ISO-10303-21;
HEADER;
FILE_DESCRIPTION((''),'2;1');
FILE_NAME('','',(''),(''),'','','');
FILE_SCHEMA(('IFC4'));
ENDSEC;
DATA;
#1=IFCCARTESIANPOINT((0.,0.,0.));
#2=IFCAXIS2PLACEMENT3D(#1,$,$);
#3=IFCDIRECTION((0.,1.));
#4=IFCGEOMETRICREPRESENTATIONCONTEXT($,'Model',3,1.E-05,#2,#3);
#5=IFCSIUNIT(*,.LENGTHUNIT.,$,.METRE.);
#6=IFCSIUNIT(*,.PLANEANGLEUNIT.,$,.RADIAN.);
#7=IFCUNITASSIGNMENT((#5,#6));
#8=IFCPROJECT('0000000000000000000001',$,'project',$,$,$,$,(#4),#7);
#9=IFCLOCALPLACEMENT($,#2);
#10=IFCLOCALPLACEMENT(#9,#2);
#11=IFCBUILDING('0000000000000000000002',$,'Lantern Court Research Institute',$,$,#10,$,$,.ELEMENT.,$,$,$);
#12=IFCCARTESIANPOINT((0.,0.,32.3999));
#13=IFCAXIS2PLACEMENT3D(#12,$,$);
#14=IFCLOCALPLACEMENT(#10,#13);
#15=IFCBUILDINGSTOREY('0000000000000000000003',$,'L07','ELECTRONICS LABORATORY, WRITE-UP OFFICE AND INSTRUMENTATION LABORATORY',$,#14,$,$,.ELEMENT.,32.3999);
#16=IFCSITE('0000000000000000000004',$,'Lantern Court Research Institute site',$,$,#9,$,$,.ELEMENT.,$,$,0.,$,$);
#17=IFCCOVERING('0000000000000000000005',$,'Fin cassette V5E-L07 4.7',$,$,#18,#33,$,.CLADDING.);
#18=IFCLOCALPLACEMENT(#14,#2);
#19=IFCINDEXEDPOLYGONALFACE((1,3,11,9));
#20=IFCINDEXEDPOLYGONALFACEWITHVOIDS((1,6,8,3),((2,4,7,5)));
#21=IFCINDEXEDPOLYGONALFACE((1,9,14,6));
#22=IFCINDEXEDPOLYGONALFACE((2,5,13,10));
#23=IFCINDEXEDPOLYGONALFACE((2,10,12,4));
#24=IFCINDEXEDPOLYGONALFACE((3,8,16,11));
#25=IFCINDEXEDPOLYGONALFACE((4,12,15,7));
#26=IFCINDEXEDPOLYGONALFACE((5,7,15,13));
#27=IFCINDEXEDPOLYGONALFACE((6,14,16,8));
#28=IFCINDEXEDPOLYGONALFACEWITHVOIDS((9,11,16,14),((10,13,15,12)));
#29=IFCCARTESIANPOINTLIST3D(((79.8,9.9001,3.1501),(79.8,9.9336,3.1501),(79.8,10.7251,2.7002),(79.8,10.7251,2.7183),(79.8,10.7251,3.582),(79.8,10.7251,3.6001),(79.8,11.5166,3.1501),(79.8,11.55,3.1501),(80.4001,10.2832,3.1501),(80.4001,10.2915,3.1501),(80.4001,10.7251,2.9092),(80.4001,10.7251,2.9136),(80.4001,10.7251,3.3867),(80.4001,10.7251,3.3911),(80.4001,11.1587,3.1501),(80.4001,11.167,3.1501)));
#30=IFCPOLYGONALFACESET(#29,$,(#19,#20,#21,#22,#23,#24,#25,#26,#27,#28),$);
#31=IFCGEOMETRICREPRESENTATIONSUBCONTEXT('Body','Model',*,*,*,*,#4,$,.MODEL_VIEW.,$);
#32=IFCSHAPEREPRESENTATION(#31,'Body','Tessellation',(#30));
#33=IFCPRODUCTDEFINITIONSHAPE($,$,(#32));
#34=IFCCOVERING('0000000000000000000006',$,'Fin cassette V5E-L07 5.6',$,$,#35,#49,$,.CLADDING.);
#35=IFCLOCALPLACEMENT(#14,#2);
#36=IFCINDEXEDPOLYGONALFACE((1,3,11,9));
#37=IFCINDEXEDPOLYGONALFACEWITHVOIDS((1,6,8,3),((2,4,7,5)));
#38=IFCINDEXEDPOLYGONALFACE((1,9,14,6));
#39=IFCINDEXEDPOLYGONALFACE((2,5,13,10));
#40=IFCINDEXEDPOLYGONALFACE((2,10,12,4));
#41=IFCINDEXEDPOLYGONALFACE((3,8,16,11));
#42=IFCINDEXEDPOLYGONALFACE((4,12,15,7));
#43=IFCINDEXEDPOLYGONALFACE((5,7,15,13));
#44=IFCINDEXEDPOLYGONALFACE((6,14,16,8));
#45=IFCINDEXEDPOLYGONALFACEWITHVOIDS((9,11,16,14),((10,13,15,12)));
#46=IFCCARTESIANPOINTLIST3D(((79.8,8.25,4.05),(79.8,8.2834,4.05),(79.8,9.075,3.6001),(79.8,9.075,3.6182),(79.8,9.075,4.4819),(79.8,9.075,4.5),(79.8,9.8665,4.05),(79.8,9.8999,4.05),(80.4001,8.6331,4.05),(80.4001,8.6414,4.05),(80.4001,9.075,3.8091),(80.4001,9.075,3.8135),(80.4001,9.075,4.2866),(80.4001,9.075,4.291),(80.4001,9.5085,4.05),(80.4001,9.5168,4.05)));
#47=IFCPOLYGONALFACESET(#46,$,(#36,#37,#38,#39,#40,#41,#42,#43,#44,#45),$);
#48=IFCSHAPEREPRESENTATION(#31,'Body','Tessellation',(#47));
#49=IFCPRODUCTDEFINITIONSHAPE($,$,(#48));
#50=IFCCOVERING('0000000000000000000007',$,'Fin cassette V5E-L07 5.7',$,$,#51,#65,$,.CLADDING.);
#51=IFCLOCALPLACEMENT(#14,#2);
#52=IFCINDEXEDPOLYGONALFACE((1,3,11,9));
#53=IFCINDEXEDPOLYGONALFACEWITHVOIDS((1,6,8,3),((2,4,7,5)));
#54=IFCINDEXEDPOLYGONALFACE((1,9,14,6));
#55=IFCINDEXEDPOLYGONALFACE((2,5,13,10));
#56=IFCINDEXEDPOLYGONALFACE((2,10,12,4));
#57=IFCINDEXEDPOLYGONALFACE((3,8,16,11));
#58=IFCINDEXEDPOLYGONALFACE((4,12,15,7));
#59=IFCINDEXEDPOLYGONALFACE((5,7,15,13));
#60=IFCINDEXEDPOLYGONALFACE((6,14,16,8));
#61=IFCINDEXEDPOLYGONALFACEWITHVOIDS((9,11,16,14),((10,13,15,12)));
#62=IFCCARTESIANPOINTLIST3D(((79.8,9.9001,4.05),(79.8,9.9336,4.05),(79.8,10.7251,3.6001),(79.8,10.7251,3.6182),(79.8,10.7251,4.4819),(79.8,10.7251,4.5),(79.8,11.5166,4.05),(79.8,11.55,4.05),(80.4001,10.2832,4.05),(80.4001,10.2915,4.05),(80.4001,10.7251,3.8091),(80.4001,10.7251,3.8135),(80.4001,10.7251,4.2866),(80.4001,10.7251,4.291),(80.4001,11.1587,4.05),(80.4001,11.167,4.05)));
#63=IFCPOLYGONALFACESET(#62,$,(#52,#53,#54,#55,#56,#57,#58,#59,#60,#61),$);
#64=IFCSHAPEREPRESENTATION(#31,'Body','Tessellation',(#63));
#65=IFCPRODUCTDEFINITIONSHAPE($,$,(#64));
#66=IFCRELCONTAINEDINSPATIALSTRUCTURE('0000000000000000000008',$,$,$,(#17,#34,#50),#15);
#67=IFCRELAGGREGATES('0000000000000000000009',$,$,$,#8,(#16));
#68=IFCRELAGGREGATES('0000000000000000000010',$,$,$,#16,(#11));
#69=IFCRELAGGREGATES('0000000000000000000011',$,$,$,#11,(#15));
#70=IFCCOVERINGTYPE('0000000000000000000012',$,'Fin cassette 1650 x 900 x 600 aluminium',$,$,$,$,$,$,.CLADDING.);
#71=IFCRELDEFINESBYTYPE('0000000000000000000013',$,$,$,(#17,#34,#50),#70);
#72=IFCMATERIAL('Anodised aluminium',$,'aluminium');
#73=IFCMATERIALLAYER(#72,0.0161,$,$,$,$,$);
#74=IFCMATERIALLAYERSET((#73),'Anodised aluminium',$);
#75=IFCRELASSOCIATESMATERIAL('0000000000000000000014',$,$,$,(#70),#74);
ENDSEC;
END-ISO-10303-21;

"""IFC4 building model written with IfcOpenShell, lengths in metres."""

from ifc_helpers import new_model, entity, si_unit, direction, frame, origin, place, context, subcontext, project, spatial, material, layer, layer_set, type_object, element, save


model = new_model("IFC4")

# Units and contexts
model_context = context("Model", 3, precision=1e-05, world=origin(), true_north=direction((0.0, 1.0)))
body_context = subcontext(model_context, "Body", "Model", "MODEL_VIEW")
ifc_project = project(units=[si_unit("LENGTHUNIT", "METRE"), si_unit("PLANEANGLEUNIT", "RADIAN")], contexts=[model_context])

# Site, building, storey
site_placement = place(None, origin())
site = spatial("IfcSite", under=ifc_project, at=site_placement, Name="Lantern Court Research Institute site", CompositionType="ELEMENT", RefElevation=0.0)
building_placement = place(site_placement, origin())
building = spatial("IfcBuilding", under=site, at=building_placement, Name="Lantern Court Research Institute", CompositionType="ELEMENT")
storey_placement = place(building_placement, frame((0.0, 0.0, 32.3999)))
storey = spatial("IfcBuildingStorey", under=building, at=storey_placement, Name="L07", Description="ELECTRONICS LABORATORY, WRITE-UP OFFICE AND INSTRUMENTATION LABORATORY", CompositionType="ELEMENT", Elevation=32.3999)

# Coverings
ifc_material_1 = material(Name="Anodised aluminium", Category="aluminium")
ifc_layer_1 = layer(ifc_material_1, 0.0161)
ifc_layer_set_1 = layer_set([ifc_layer_1], Name="Anodised aluminium")
covering_type = type_object("IfcCoveringType", Name="Fin cassette 1650 x 900 x 600 aluminium", PredefinedType="CLADDING", material=ifc_layer_set_1)
covering_1_placement = place(storey_placement, frame((79.8, 10.7251, 3.1501), z_axis=(1.0, 0.0, 0.0), x_axis=(0.0, 1.0, 0.0)))
cartesian_point_1 = entity("IfcCartesianPoint", [0.825, 0.0])
cartesian_point_2 = entity("IfcCartesianPoint", [0.7915, 0.0])
cartesian_point_3 = entity("IfcCartesianPoint", [0.4419, 0.0])
cartesian_point_4 = entity("IfcCartesianPoint", [0.4336, 0.0])
element("IfcCovering", 1, at=covering_1_placement, inside=storey, type_object=covering_type, Name="Fin cassette V5E-L07 4.7", PredefinedType="CLADDING", context=body_context, shape_type="SweptSolid", body=[
    entity("IfcExtrudedAreaSolidTapered", entity("IfcArbitraryProfileDefWithVoids", "AREA", None, entity("IfcPolyline", [cartesian_point_1, entity("IfcCartesianPoint", [0.0, 0.45]), entity("IfcCartesianPoint", [-0.825, 0.0]), entity("IfcCartesianPoint", [0.0, -0.45]), cartesian_point_1]), [entity("IfcPolyline", [cartesian_point_2, entity("IfcCartesianPoint", [0.0, 0.4319]), entity("IfcCartesianPoint", [-0.7915, 0.0]), entity("IfcCartesianPoint", [0.0, -0.4319]), cartesian_point_2])]), entity("IfcAxis2Placement3D", entity("IfcCartesianPoint", [0.0, 0.0, 0.0])), entity("IfcDirection", [0.0, 0.0, 1.0]), 0.6001, entity("IfcArbitraryProfileDefWithVoids", "AREA", None, entity("IfcPolyline", [cartesian_point_3, entity("IfcCartesianPoint", [0.0, 0.241]), entity("IfcCartesianPoint", [-0.4419, 0.0]), entity("IfcCartesianPoint", [0.0, -0.241]), cartesian_point_3]), [entity("IfcPolyline", [cartesian_point_4, entity("IfcCartesianPoint", [0.0, 0.2366]), entity("IfcCartesianPoint", [-0.4336, 0.0]), entity("IfcCartesianPoint", [0.0, -0.2366]), cartesian_point_4])])),
])
covering_2_placement = place(storey_placement, frame((79.8, 9.075, 4.05), z_axis=(1.0, 0.0, 0.0), x_axis=(0.0, 1.0, 0.0)))
cartesian_point_5 = entity("IfcCartesianPoint", [0.825, 0.0])
cartesian_point_6 = entity("IfcCartesianPoint", [0.7915, 0.0])
cartesian_point_7 = entity("IfcCartesianPoint", [0.4419, 0.0])
cartesian_point_8 = entity("IfcCartesianPoint", [0.4336, 0.0])
element("IfcCovering", 2, at=covering_2_placement, inside=storey, type_object=covering_type, Name="Fin cassette V5E-L07 5.6", PredefinedType="CLADDING", context=body_context, shape_type="SweptSolid", body=[
    entity("IfcExtrudedAreaSolidTapered", entity("IfcArbitraryProfileDefWithVoids", "AREA", None, entity("IfcPolyline", [cartesian_point_5, entity("IfcCartesianPoint", [0.0, 0.45]), entity("IfcCartesianPoint", [-0.825, 0.0]), entity("IfcCartesianPoint", [0.0, -0.45]), cartesian_point_5]), [entity("IfcPolyline", [cartesian_point_6, entity("IfcCartesianPoint", [0.0, 0.4319]), entity("IfcCartesianPoint", [-0.7915, 0.0]), entity("IfcCartesianPoint", [0.0, -0.4319]), cartesian_point_6])]), entity("IfcAxis2Placement3D", entity("IfcCartesianPoint", [0.0, 0.0, 0.0])), entity("IfcDirection", [0.0, 0.0, 1.0]), 0.6001, entity("IfcArbitraryProfileDefWithVoids", "AREA", None, entity("IfcPolyline", [cartesian_point_7, entity("IfcCartesianPoint", [0.0, 0.241]), entity("IfcCartesianPoint", [-0.4419, 0.0]), entity("IfcCartesianPoint", [0.0, -0.241]), cartesian_point_7]), [entity("IfcPolyline", [cartesian_point_8, entity("IfcCartesianPoint", [0.0, 0.2366]), entity("IfcCartesianPoint", [-0.4336, 0.0]), entity("IfcCartesianPoint", [0.0, -0.2366]), cartesian_point_8])])),
])
covering_3_placement = place(storey_placement, frame((79.8, 10.7251, 4.05), z_axis=(1.0, 0.0, 0.0), x_axis=(0.0, 1.0, 0.0)))
cartesian_point_9 = entity("IfcCartesianPoint", [0.825, 0.0])
cartesian_point_10 = entity("IfcCartesianPoint", [0.7915, 0.0])
cartesian_point_11 = entity("IfcCartesianPoint", [0.4419, 0.0])
cartesian_point_12 = entity("IfcCartesianPoint", [0.4336, 0.0])
element("IfcCovering", 3, at=covering_3_placement, inside=storey, type_object=covering_type, Name="Fin cassette V5E-L07 5.7", PredefinedType="CLADDING", context=body_context, shape_type="SweptSolid", body=[
    entity("IfcExtrudedAreaSolidTapered", entity("IfcArbitraryProfileDefWithVoids", "AREA", None, entity("IfcPolyline", [cartesian_point_9, entity("IfcCartesianPoint", [0.0, 0.45]), entity("IfcCartesianPoint", [-0.825, 0.0]), entity("IfcCartesianPoint", [0.0, -0.45]), cartesian_point_9]), [entity("IfcPolyline", [cartesian_point_10, entity("IfcCartesianPoint", [0.0, 0.4319]), entity("IfcCartesianPoint", [-0.7915, 0.0]), entity("IfcCartesianPoint", [0.0, -0.4319]), cartesian_point_10])]), entity("IfcAxis2Placement3D", entity("IfcCartesianPoint", [0.0, 0.0, 0.0])), entity("IfcDirection", [0.0, 0.0, 1.0]), 0.6001, entity("IfcArbitraryProfileDefWithVoids", "AREA", None, entity("IfcPolyline", [cartesian_point_11, entity("IfcCartesianPoint", [0.0, 0.241]), entity("IfcCartesianPoint", [-0.4419, 0.0]), entity("IfcCartesianPoint", [0.0, -0.241]), cartesian_point_11]), [entity("IfcPolyline", [cartesian_point_12, entity("IfcCartesianPoint", [0.0, 0.2366]), entity("IfcCartesianPoint", [-0.4336, 0.0]), entity("IfcCartesianPoint", [0.0, -0.2366]), cartesian_point_12])])),
])

save(model, "model.ifc")
